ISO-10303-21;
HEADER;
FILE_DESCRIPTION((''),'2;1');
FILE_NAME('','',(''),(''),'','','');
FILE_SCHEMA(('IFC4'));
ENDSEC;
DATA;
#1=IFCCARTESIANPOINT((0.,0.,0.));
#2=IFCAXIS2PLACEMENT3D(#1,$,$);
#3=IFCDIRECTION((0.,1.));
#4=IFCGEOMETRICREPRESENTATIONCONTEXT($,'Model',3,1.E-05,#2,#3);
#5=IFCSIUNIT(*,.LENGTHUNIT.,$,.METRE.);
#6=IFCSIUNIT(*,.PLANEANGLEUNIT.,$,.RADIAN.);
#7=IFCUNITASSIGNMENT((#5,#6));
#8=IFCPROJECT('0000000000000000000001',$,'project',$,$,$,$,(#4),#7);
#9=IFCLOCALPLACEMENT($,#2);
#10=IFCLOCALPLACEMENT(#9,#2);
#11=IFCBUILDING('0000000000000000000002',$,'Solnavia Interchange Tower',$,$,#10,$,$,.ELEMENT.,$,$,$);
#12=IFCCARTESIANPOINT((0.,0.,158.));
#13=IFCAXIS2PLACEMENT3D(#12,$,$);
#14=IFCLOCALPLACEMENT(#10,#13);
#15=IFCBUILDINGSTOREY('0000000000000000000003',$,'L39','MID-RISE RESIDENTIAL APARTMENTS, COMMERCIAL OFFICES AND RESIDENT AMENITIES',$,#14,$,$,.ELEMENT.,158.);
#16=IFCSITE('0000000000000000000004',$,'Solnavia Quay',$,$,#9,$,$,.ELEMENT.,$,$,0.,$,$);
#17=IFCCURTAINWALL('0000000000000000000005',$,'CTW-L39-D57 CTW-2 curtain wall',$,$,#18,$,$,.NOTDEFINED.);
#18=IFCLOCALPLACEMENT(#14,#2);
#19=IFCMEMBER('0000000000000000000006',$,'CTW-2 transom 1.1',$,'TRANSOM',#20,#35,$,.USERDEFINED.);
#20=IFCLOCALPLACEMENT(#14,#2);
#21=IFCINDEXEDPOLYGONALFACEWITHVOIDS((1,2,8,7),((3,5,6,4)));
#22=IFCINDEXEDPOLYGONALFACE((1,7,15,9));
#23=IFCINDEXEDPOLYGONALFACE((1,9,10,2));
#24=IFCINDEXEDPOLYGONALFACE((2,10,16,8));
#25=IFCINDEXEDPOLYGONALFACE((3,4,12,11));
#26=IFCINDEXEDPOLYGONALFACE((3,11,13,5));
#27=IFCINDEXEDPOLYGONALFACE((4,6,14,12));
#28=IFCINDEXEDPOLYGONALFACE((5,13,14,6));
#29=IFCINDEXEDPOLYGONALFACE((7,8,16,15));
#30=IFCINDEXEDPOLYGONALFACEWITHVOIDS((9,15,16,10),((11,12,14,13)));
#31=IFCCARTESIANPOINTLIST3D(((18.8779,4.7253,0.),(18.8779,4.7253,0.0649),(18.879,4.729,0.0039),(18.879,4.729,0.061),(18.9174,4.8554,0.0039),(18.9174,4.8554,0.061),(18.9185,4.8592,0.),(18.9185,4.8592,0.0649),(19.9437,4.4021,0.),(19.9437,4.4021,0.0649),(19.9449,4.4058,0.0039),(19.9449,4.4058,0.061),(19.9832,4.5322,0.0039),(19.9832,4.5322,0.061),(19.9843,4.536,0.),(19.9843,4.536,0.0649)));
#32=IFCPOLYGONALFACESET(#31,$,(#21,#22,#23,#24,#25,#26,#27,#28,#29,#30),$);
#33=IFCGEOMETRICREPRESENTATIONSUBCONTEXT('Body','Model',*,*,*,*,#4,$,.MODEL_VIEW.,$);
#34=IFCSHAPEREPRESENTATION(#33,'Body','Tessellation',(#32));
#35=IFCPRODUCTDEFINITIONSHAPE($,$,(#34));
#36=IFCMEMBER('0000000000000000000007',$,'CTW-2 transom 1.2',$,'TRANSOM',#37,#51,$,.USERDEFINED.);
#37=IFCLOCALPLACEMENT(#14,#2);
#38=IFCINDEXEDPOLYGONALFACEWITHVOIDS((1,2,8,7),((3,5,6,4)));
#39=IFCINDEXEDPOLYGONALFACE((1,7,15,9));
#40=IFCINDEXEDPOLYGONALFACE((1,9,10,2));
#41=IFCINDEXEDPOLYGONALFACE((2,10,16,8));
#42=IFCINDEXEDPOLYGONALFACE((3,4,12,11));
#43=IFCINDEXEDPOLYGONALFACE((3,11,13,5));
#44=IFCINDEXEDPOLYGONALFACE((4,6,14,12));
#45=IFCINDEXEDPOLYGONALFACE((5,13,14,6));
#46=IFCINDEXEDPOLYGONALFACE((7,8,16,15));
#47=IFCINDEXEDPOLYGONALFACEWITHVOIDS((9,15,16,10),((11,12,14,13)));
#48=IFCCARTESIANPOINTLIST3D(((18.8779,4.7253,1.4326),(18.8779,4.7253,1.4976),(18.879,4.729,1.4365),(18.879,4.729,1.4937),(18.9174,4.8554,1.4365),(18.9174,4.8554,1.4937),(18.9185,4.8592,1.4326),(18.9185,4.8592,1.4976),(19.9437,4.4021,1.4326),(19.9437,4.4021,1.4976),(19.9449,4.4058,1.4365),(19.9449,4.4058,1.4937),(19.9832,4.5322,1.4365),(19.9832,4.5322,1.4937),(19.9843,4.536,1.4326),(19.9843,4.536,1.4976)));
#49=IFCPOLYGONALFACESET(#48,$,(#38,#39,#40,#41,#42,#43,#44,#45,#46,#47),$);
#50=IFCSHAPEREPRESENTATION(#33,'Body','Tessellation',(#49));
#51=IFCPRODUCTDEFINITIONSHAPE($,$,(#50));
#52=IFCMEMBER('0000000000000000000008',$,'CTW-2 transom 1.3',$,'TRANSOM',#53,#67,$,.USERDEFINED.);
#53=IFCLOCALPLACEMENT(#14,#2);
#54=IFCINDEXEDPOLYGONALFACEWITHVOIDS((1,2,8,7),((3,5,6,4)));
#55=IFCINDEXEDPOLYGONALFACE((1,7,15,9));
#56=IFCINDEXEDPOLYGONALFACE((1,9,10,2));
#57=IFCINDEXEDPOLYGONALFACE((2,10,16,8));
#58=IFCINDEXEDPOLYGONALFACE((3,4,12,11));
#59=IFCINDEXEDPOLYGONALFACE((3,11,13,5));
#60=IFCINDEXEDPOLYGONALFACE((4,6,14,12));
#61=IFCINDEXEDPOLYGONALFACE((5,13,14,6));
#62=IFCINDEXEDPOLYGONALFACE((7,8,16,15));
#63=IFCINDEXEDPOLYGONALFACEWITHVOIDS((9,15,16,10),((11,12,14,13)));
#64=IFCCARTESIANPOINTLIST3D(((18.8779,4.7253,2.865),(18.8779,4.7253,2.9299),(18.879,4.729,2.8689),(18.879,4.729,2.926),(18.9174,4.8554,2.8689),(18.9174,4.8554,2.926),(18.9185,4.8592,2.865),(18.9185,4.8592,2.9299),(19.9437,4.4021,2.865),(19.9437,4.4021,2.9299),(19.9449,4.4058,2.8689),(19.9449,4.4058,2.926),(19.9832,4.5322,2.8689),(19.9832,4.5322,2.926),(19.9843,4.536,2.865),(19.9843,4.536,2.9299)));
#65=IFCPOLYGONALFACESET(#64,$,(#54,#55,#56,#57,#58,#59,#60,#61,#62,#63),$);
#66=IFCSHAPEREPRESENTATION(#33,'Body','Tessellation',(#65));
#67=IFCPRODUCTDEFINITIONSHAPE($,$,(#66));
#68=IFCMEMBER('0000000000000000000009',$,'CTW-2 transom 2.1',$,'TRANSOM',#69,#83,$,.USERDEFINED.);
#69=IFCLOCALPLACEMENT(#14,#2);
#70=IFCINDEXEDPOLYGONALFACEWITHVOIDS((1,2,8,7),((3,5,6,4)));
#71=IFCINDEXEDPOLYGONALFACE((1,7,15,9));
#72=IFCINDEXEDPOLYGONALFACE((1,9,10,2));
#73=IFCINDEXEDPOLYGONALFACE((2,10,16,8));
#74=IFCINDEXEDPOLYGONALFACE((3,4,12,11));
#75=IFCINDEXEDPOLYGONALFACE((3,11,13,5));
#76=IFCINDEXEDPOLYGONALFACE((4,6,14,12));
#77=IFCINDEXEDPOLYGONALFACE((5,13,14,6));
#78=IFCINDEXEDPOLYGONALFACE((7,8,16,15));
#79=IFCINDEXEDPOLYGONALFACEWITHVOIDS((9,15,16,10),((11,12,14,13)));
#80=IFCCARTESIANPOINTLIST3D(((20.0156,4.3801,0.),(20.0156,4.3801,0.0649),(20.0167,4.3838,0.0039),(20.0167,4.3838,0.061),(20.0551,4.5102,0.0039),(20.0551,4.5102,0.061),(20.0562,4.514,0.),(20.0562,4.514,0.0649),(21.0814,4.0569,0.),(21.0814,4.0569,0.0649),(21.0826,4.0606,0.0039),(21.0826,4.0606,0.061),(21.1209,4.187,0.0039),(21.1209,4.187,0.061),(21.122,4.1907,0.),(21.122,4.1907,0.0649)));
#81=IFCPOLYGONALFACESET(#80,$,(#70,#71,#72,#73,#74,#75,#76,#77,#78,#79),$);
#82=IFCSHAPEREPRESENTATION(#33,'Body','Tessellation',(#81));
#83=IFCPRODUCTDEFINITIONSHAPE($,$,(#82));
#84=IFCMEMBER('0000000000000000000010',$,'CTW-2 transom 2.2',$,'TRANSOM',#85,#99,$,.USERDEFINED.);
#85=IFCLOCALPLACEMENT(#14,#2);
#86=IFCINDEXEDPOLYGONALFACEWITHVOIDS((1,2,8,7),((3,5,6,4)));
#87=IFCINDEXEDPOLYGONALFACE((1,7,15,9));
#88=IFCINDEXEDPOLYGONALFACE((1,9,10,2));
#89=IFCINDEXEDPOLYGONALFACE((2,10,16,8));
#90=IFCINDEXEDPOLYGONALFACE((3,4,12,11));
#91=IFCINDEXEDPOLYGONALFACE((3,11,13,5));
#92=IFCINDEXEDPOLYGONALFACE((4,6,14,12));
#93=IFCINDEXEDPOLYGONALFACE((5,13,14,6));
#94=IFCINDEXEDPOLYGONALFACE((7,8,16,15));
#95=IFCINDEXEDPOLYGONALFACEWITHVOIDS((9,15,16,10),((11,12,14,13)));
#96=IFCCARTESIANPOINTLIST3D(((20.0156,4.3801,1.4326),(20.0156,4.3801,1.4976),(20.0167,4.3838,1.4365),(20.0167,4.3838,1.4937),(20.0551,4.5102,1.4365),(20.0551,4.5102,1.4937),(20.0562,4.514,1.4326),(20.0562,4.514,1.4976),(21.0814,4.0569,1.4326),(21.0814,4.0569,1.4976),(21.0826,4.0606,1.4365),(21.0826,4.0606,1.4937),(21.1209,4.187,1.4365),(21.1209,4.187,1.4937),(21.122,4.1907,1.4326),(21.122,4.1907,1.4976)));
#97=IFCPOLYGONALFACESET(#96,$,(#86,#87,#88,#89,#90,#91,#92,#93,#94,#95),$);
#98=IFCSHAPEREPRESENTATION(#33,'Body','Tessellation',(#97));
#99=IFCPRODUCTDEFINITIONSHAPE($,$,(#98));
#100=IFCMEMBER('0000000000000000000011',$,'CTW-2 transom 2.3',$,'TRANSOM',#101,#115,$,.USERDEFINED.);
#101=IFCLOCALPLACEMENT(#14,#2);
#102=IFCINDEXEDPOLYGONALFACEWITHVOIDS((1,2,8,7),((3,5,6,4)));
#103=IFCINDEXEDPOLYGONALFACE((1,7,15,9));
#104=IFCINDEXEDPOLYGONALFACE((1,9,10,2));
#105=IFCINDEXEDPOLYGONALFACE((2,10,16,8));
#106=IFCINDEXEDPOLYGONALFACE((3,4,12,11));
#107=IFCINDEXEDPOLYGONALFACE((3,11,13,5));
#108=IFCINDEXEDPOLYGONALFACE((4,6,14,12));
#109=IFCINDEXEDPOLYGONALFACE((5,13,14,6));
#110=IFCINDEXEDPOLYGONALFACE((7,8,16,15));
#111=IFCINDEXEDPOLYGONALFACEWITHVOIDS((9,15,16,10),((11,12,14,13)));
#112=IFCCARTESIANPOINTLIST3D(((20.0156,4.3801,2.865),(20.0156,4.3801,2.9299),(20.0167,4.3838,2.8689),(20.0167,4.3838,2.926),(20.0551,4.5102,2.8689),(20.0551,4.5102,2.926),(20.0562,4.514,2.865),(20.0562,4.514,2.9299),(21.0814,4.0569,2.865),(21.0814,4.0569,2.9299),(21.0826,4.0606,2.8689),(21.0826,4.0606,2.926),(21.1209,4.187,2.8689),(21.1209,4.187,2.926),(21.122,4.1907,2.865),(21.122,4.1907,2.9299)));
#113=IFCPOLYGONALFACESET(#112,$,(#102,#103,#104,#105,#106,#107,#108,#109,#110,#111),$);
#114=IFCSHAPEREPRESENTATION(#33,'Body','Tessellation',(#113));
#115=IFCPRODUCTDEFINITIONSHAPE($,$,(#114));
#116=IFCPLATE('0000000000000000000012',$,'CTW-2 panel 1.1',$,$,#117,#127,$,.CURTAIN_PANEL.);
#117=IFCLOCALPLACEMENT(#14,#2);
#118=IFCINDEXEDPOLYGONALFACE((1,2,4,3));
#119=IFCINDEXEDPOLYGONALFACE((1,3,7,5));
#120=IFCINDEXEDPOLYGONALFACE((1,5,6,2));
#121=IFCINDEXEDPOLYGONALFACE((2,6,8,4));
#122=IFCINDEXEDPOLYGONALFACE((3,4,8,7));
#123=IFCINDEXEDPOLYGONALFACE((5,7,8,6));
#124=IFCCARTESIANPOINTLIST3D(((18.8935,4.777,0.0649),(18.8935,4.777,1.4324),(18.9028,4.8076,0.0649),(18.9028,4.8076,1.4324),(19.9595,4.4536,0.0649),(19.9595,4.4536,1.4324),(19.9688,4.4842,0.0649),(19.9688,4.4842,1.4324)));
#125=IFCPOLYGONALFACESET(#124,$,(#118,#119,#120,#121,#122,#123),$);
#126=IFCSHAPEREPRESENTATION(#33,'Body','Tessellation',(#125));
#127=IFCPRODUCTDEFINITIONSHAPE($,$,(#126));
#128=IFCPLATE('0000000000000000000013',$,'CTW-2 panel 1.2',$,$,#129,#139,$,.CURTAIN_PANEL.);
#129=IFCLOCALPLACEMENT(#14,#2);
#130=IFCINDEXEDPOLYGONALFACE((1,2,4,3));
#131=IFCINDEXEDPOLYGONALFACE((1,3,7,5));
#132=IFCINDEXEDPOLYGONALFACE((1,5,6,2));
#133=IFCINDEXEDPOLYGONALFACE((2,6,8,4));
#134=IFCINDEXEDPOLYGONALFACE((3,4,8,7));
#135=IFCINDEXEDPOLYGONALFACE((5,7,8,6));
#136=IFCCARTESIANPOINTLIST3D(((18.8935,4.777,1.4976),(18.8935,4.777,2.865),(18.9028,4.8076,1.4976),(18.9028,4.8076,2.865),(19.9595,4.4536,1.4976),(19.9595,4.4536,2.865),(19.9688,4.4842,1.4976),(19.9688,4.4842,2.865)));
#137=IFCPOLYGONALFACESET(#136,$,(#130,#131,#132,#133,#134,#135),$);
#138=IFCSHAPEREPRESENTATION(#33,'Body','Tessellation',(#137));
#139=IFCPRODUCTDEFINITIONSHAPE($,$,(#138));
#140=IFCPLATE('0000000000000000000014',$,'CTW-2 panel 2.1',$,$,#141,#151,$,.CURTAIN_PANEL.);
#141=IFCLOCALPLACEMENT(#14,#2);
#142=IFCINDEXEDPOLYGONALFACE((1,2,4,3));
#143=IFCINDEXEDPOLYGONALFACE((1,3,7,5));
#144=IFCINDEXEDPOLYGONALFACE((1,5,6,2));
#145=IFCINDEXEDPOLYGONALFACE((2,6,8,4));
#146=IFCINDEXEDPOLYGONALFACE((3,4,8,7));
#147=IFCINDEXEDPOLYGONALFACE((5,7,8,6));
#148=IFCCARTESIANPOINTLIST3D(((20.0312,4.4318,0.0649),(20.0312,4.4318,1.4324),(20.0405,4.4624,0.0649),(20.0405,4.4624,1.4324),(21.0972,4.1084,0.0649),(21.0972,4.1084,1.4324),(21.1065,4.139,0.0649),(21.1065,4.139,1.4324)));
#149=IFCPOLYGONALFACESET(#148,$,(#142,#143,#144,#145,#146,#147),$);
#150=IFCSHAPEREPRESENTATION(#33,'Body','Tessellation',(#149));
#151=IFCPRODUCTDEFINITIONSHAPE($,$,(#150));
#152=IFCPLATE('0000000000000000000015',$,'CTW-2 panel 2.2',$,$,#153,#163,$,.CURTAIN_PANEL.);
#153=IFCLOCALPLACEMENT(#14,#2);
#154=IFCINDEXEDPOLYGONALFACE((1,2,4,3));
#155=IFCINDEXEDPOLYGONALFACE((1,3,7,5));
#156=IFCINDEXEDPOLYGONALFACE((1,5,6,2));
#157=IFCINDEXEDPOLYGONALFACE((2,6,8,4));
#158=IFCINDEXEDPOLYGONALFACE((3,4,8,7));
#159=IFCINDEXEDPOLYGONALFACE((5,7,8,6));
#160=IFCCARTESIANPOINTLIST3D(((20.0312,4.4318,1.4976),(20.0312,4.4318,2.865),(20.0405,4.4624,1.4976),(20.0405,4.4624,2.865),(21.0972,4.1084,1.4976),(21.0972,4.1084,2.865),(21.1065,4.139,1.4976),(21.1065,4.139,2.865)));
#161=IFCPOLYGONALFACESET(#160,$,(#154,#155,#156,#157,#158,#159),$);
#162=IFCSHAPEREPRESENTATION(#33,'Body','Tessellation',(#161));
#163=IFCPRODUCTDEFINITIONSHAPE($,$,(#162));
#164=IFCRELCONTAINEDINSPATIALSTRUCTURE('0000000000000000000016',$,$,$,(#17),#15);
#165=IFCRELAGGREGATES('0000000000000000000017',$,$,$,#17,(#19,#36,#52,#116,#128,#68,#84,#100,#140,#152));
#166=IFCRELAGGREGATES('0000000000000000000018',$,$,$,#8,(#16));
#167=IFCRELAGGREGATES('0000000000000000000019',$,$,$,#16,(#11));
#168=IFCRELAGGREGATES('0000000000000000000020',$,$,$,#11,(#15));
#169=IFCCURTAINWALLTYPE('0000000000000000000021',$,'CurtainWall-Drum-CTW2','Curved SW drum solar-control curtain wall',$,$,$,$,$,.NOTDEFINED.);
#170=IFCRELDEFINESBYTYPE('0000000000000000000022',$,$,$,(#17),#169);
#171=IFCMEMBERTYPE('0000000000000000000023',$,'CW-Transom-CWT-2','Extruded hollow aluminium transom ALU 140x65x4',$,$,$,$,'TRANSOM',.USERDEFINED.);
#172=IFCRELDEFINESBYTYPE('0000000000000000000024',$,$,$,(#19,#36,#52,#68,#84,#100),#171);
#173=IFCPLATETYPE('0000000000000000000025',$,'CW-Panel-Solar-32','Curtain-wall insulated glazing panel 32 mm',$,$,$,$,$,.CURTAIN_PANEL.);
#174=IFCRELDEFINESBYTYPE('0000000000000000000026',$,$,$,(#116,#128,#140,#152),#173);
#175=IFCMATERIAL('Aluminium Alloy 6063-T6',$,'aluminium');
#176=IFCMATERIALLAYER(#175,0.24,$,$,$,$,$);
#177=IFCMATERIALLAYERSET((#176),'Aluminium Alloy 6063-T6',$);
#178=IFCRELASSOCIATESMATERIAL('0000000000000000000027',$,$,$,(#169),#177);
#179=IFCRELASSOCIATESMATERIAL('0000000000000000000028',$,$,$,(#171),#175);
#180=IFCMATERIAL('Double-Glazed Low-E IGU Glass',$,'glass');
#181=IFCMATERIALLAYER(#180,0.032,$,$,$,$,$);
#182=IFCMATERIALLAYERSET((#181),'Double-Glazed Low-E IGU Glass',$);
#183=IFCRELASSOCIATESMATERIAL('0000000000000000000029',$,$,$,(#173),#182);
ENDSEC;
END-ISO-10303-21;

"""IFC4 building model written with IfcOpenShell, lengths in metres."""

from ifc_helpers import new_model, si_unit, direction, frame, origin, origin_2d, place, context, subcontext, project, spatial, rectangle, hollow_rectangle, extrude, material, layer, layer_set, material_profile, profile_set, type_object, element, aggregate, save


model = new_model("IFC4")

# Units and contexts
model_context = context("Model", 3, precision=1e-05, world=origin(), true_north=direction((0.0, 1.0)))
body_context = subcontext(model_context, "Body", "Model", "MODEL_VIEW")
ifc_project = project(units=[si_unit("LENGTHUNIT", "METRE"), si_unit("PLANEANGLEUNIT", "RADIAN")], contexts=[model_context])

# Site, building, storey
site_placement = place(None, origin())
site = spatial("IfcSite", under=ifc_project, at=site_placement, Name="Solnavia Quay", CompositionType="ELEMENT", RefElevation=0.0)
building_placement = place(site_placement, origin())
building = spatial("IfcBuilding", under=site, at=building_placement, Name="Solnavia Interchange Tower", CompositionType="ELEMENT")
storey_placement = place(building_placement, frame((0.0, 0.0, 158.0)))
storey = spatial("IfcBuildingStorey", under=building, at=storey_placement, Name="L39", Description="MID-RISE RESIDENTIAL APARTMENTS, COMMERCIAL OFFICES AND RESIDENT AMENITIES", CompositionType="ELEMENT", Elevation=158.0)

# Curtain wall, members, plates
ifc_material_1 = material(Name="Aluminium Alloy 6063-T6", Category="aluminium")
ifc_layer_1 = layer(ifc_material_1, 0.24)
ifc_layer_set_1 = layer_set([ifc_layer_1], Name="Aluminium Alloy 6063-T6")
curtain_wall_type = type_object("IfcCurtainWallType", Name="CurtainWall-Drum-CTW2", Description="Curved SW drum solar-control curtain wall", PredefinedType="NOTDEFINED", material=ifc_layer_set_1)
curtain_wall_placement = place(storey_placement, origin())
curtain_wall = element("IfcCurtainWall", 1, at=curtain_wall_placement, inside=storey, type_object=curtain_wall_type, Name="CTW-L39-D57 CTW-2 curtain wall", PredefinedType="NOTDEFINED")
ifc_material_profile_1 = material_profile(ifc_material_1, hollow_rectangle(XDim=0.0649, YDim=0.1399, WallThickness=0.0039, at=origin_2d()), Name="ALU 140x65x4")
ifc_profile_set_1 = profile_set([ifc_material_profile_1], Name="Aluminium Alloy 6063-T6")
member_type_1 = type_object("IfcMemberType", Name="CW-Transom-CWT-2", Description="Extruded hollow aluminium transom ALU 140x65x4", ElementType="TRANSOM", PredefinedType="USERDEFINED", material=ifc_profile_set_1)
member_1_placement = place(storey_placement, frame((18.8982, 4.7922, 0.0325), z_axis=(0.956965, -0.290202, 0.0), x_axis=(0.0, 0.0, 1.0)))
member_1 = element("IfcMember", 2, at=member_1_placement, type_object=member_type_1, Name="CTW-2 transom 1.1", ObjectType="TRANSOM", PredefinedType="USERDEFINED", context=body_context, shape_type="SweptSolid", body=[
    extrude(hollow_rectangle(XDim=0.0649, YDim=0.1399, WallThickness=0.0039, at=origin_2d()), origin(), (0.0, 0.0, 1.0), 1.1138),
])
member_2_placement = place(storey_placement, frame((18.8982, 4.7922, 1.4651), z_axis=(0.956965, -0.290202, 0.0), x_axis=(0.0, 0.0, 1.0)))
member_2 = element("IfcMember", 3, at=member_2_placement, type_object=member_type_1, Name="CTW-2 transom 1.2", ObjectType="TRANSOM", PredefinedType="USERDEFINED", context=body_context, shape_type="SweptSolid", body=[
    extrude(hollow_rectangle(XDim=0.0649, YDim=0.1399, WallThickness=0.0039, at=origin_2d()), origin(), (0.0, 0.0, 1.0), 1.1138),
])
member_3_placement = place(storey_placement, frame((18.8982, 4.7922, 2.8975), z_axis=(0.956965, -0.290202, 0.0), x_axis=(0.0, 0.0, 1.0)))
member_3 = element("IfcMember", 4, at=member_3_placement, type_object=member_type_1, Name="CTW-2 transom 1.3", ObjectType="TRANSOM", PredefinedType="USERDEFINED", context=body_context, shape_type="SweptSolid", body=[
    extrude(hollow_rectangle(XDim=0.0649, YDim=0.1399, WallThickness=0.0039, at=origin_2d()), origin(), (0.0, 0.0, 1.0), 1.1138),
])
member_4_placement = place(storey_placement, frame((20.0359, 4.447, 0.0325), z_axis=(0.956965, -0.290202, 0.0), x_axis=(0.0, 0.0, 1.0)))
member_4 = element("IfcMember", 5, at=member_4_placement, type_object=member_type_1, Name="CTW-2 transom 2.1", ObjectType="TRANSOM", PredefinedType="USERDEFINED", context=body_context, shape_type="SweptSolid", body=[
    extrude(hollow_rectangle(XDim=0.0649, YDim=0.1399, WallThickness=0.0039, at=origin_2d()), origin(), (0.0, 0.0, 1.0), 1.1138),
])
member_5_placement = place(storey_placement, frame((20.0359, 4.447, 1.4651), z_axis=(0.956965, -0.290202, 0.0), x_axis=(0.0, 0.0, 1.0)))
member_5 = element("IfcMember", 6, at=member_5_placement, type_object=member_type_1, Name="CTW-2 transom 2.2", ObjectType="TRANSOM", PredefinedType="USERDEFINED", context=body_context, shape_type="SweptSolid", body=[
    extrude(hollow_rectangle(XDim=0.0649, YDim=0.1399, WallThickness=0.0039, at=origin_2d()), origin(), (0.0, 0.0, 1.0), 1.1138),
])
member_6_placement = place(storey_placement, frame((20.0359, 4.447, 2.8975), z_axis=(0.956965, -0.290202, 0.0), x_axis=(0.0, 0.0, 1.0)))
member_6 = element("IfcMember", 7, at=member_6_placement, type_object=member_type_1, Name="CTW-2 transom 2.3", ObjectType="TRANSOM", PredefinedType="USERDEFINED", context=body_context, shape_type="SweptSolid", body=[
    extrude(hollow_rectangle(XDim=0.0649, YDim=0.1399, WallThickness=0.0039, at=origin_2d()), origin(), (0.0, 0.0, 1.0), 1.1138),
])
ifc_material_2 = material(Name="Double-Glazed Low-E IGU Glass", Category="glass")
ifc_layer_2 = layer(ifc_material_2, 0.032)
ifc_layer_set_2 = layer_set([ifc_layer_2], Name="Double-Glazed Low-E IGU Glass")
plate_type = type_object("IfcPlateType", Name="CW-Panel-Solar-32", Description="Curtain-wall insulated glazing panel 32 mm", PredefinedType="CURTAIN_PANEL", material=ifc_layer_set_2)
plate_1_placement = place(storey_placement, frame((19.4312, 4.6306, 0.0649), z_axis=(0.0, 0.0, 1.0), x_axis=(0.956942, -0.290279, 0.0)))
plate_1 = element("IfcPlate", 8, at=plate_1_placement, type_object=plate_type, Name="CTW-2 panel 1.1", PredefinedType="CURTAIN_PANEL", context=body_context, shape_type="SweptSolid", body=[
    extrude(rectangle(XDim=1.114, YDim=0.032, at=origin_2d()), origin(), (0.0, 0.0, 1.0), 1.3674),
])
plate_2_placement = place(storey_placement, frame((19.4312, 4.6306, 1.4976), z_axis=(0.0, 0.0, 1.0), x_axis=(0.956942, -0.290279, 0.0)))
plate_2 = element("IfcPlate", 9, at=plate_2_placement, type_object=plate_type, Name="CTW-2 panel 1.2", PredefinedType="CURTAIN_PANEL", context=body_context, shape_type="SweptSolid", body=[
    extrude(rectangle(XDim=1.114, YDim=0.032, at=origin_2d()), origin(), (0.0, 0.0, 1.0), 1.3674),
])
plate_3_placement = place(storey_placement, frame((20.5688, 4.2854, 0.0649), z_axis=(0.0, 0.0, 1.0), x_axis=(0.956942, -0.290279, 0.0)))
plate_3 = element("IfcPlate", 10, at=plate_3_placement, type_object=plate_type, Name="CTW-2 panel 2.1", PredefinedType="CURTAIN_PANEL", context=body_context, shape_type="SweptSolid", body=[
    extrude(rectangle(XDim=1.114, YDim=0.032, at=origin_2d()), origin(), (0.0, 0.0, 1.0), 1.3674),
])
plate_4_placement = place(storey_placement, frame((20.5688, 4.2854, 1.4976), z_axis=(0.0, 0.0, 1.0), x_axis=(0.956942, -0.290279, 0.0)))
plate_4 = element("IfcPlate", 11, at=plate_4_placement, type_object=plate_type, Name="CTW-2 panel 2.2", PredefinedType="CURTAIN_PANEL", context=body_context, shape_type="SweptSolid", body=[
    extrude(rectangle(XDim=1.114, YDim=0.032, at=origin_2d()), origin(), (0.0, 0.0, 1.0), 1.3674),
])
aggregate(curtain_wall, [member_1, member_2, member_3, plate_1, plate_2, member_4, member_5, member_6, plate_3, plate_4])

save(model, "model.ifc")
